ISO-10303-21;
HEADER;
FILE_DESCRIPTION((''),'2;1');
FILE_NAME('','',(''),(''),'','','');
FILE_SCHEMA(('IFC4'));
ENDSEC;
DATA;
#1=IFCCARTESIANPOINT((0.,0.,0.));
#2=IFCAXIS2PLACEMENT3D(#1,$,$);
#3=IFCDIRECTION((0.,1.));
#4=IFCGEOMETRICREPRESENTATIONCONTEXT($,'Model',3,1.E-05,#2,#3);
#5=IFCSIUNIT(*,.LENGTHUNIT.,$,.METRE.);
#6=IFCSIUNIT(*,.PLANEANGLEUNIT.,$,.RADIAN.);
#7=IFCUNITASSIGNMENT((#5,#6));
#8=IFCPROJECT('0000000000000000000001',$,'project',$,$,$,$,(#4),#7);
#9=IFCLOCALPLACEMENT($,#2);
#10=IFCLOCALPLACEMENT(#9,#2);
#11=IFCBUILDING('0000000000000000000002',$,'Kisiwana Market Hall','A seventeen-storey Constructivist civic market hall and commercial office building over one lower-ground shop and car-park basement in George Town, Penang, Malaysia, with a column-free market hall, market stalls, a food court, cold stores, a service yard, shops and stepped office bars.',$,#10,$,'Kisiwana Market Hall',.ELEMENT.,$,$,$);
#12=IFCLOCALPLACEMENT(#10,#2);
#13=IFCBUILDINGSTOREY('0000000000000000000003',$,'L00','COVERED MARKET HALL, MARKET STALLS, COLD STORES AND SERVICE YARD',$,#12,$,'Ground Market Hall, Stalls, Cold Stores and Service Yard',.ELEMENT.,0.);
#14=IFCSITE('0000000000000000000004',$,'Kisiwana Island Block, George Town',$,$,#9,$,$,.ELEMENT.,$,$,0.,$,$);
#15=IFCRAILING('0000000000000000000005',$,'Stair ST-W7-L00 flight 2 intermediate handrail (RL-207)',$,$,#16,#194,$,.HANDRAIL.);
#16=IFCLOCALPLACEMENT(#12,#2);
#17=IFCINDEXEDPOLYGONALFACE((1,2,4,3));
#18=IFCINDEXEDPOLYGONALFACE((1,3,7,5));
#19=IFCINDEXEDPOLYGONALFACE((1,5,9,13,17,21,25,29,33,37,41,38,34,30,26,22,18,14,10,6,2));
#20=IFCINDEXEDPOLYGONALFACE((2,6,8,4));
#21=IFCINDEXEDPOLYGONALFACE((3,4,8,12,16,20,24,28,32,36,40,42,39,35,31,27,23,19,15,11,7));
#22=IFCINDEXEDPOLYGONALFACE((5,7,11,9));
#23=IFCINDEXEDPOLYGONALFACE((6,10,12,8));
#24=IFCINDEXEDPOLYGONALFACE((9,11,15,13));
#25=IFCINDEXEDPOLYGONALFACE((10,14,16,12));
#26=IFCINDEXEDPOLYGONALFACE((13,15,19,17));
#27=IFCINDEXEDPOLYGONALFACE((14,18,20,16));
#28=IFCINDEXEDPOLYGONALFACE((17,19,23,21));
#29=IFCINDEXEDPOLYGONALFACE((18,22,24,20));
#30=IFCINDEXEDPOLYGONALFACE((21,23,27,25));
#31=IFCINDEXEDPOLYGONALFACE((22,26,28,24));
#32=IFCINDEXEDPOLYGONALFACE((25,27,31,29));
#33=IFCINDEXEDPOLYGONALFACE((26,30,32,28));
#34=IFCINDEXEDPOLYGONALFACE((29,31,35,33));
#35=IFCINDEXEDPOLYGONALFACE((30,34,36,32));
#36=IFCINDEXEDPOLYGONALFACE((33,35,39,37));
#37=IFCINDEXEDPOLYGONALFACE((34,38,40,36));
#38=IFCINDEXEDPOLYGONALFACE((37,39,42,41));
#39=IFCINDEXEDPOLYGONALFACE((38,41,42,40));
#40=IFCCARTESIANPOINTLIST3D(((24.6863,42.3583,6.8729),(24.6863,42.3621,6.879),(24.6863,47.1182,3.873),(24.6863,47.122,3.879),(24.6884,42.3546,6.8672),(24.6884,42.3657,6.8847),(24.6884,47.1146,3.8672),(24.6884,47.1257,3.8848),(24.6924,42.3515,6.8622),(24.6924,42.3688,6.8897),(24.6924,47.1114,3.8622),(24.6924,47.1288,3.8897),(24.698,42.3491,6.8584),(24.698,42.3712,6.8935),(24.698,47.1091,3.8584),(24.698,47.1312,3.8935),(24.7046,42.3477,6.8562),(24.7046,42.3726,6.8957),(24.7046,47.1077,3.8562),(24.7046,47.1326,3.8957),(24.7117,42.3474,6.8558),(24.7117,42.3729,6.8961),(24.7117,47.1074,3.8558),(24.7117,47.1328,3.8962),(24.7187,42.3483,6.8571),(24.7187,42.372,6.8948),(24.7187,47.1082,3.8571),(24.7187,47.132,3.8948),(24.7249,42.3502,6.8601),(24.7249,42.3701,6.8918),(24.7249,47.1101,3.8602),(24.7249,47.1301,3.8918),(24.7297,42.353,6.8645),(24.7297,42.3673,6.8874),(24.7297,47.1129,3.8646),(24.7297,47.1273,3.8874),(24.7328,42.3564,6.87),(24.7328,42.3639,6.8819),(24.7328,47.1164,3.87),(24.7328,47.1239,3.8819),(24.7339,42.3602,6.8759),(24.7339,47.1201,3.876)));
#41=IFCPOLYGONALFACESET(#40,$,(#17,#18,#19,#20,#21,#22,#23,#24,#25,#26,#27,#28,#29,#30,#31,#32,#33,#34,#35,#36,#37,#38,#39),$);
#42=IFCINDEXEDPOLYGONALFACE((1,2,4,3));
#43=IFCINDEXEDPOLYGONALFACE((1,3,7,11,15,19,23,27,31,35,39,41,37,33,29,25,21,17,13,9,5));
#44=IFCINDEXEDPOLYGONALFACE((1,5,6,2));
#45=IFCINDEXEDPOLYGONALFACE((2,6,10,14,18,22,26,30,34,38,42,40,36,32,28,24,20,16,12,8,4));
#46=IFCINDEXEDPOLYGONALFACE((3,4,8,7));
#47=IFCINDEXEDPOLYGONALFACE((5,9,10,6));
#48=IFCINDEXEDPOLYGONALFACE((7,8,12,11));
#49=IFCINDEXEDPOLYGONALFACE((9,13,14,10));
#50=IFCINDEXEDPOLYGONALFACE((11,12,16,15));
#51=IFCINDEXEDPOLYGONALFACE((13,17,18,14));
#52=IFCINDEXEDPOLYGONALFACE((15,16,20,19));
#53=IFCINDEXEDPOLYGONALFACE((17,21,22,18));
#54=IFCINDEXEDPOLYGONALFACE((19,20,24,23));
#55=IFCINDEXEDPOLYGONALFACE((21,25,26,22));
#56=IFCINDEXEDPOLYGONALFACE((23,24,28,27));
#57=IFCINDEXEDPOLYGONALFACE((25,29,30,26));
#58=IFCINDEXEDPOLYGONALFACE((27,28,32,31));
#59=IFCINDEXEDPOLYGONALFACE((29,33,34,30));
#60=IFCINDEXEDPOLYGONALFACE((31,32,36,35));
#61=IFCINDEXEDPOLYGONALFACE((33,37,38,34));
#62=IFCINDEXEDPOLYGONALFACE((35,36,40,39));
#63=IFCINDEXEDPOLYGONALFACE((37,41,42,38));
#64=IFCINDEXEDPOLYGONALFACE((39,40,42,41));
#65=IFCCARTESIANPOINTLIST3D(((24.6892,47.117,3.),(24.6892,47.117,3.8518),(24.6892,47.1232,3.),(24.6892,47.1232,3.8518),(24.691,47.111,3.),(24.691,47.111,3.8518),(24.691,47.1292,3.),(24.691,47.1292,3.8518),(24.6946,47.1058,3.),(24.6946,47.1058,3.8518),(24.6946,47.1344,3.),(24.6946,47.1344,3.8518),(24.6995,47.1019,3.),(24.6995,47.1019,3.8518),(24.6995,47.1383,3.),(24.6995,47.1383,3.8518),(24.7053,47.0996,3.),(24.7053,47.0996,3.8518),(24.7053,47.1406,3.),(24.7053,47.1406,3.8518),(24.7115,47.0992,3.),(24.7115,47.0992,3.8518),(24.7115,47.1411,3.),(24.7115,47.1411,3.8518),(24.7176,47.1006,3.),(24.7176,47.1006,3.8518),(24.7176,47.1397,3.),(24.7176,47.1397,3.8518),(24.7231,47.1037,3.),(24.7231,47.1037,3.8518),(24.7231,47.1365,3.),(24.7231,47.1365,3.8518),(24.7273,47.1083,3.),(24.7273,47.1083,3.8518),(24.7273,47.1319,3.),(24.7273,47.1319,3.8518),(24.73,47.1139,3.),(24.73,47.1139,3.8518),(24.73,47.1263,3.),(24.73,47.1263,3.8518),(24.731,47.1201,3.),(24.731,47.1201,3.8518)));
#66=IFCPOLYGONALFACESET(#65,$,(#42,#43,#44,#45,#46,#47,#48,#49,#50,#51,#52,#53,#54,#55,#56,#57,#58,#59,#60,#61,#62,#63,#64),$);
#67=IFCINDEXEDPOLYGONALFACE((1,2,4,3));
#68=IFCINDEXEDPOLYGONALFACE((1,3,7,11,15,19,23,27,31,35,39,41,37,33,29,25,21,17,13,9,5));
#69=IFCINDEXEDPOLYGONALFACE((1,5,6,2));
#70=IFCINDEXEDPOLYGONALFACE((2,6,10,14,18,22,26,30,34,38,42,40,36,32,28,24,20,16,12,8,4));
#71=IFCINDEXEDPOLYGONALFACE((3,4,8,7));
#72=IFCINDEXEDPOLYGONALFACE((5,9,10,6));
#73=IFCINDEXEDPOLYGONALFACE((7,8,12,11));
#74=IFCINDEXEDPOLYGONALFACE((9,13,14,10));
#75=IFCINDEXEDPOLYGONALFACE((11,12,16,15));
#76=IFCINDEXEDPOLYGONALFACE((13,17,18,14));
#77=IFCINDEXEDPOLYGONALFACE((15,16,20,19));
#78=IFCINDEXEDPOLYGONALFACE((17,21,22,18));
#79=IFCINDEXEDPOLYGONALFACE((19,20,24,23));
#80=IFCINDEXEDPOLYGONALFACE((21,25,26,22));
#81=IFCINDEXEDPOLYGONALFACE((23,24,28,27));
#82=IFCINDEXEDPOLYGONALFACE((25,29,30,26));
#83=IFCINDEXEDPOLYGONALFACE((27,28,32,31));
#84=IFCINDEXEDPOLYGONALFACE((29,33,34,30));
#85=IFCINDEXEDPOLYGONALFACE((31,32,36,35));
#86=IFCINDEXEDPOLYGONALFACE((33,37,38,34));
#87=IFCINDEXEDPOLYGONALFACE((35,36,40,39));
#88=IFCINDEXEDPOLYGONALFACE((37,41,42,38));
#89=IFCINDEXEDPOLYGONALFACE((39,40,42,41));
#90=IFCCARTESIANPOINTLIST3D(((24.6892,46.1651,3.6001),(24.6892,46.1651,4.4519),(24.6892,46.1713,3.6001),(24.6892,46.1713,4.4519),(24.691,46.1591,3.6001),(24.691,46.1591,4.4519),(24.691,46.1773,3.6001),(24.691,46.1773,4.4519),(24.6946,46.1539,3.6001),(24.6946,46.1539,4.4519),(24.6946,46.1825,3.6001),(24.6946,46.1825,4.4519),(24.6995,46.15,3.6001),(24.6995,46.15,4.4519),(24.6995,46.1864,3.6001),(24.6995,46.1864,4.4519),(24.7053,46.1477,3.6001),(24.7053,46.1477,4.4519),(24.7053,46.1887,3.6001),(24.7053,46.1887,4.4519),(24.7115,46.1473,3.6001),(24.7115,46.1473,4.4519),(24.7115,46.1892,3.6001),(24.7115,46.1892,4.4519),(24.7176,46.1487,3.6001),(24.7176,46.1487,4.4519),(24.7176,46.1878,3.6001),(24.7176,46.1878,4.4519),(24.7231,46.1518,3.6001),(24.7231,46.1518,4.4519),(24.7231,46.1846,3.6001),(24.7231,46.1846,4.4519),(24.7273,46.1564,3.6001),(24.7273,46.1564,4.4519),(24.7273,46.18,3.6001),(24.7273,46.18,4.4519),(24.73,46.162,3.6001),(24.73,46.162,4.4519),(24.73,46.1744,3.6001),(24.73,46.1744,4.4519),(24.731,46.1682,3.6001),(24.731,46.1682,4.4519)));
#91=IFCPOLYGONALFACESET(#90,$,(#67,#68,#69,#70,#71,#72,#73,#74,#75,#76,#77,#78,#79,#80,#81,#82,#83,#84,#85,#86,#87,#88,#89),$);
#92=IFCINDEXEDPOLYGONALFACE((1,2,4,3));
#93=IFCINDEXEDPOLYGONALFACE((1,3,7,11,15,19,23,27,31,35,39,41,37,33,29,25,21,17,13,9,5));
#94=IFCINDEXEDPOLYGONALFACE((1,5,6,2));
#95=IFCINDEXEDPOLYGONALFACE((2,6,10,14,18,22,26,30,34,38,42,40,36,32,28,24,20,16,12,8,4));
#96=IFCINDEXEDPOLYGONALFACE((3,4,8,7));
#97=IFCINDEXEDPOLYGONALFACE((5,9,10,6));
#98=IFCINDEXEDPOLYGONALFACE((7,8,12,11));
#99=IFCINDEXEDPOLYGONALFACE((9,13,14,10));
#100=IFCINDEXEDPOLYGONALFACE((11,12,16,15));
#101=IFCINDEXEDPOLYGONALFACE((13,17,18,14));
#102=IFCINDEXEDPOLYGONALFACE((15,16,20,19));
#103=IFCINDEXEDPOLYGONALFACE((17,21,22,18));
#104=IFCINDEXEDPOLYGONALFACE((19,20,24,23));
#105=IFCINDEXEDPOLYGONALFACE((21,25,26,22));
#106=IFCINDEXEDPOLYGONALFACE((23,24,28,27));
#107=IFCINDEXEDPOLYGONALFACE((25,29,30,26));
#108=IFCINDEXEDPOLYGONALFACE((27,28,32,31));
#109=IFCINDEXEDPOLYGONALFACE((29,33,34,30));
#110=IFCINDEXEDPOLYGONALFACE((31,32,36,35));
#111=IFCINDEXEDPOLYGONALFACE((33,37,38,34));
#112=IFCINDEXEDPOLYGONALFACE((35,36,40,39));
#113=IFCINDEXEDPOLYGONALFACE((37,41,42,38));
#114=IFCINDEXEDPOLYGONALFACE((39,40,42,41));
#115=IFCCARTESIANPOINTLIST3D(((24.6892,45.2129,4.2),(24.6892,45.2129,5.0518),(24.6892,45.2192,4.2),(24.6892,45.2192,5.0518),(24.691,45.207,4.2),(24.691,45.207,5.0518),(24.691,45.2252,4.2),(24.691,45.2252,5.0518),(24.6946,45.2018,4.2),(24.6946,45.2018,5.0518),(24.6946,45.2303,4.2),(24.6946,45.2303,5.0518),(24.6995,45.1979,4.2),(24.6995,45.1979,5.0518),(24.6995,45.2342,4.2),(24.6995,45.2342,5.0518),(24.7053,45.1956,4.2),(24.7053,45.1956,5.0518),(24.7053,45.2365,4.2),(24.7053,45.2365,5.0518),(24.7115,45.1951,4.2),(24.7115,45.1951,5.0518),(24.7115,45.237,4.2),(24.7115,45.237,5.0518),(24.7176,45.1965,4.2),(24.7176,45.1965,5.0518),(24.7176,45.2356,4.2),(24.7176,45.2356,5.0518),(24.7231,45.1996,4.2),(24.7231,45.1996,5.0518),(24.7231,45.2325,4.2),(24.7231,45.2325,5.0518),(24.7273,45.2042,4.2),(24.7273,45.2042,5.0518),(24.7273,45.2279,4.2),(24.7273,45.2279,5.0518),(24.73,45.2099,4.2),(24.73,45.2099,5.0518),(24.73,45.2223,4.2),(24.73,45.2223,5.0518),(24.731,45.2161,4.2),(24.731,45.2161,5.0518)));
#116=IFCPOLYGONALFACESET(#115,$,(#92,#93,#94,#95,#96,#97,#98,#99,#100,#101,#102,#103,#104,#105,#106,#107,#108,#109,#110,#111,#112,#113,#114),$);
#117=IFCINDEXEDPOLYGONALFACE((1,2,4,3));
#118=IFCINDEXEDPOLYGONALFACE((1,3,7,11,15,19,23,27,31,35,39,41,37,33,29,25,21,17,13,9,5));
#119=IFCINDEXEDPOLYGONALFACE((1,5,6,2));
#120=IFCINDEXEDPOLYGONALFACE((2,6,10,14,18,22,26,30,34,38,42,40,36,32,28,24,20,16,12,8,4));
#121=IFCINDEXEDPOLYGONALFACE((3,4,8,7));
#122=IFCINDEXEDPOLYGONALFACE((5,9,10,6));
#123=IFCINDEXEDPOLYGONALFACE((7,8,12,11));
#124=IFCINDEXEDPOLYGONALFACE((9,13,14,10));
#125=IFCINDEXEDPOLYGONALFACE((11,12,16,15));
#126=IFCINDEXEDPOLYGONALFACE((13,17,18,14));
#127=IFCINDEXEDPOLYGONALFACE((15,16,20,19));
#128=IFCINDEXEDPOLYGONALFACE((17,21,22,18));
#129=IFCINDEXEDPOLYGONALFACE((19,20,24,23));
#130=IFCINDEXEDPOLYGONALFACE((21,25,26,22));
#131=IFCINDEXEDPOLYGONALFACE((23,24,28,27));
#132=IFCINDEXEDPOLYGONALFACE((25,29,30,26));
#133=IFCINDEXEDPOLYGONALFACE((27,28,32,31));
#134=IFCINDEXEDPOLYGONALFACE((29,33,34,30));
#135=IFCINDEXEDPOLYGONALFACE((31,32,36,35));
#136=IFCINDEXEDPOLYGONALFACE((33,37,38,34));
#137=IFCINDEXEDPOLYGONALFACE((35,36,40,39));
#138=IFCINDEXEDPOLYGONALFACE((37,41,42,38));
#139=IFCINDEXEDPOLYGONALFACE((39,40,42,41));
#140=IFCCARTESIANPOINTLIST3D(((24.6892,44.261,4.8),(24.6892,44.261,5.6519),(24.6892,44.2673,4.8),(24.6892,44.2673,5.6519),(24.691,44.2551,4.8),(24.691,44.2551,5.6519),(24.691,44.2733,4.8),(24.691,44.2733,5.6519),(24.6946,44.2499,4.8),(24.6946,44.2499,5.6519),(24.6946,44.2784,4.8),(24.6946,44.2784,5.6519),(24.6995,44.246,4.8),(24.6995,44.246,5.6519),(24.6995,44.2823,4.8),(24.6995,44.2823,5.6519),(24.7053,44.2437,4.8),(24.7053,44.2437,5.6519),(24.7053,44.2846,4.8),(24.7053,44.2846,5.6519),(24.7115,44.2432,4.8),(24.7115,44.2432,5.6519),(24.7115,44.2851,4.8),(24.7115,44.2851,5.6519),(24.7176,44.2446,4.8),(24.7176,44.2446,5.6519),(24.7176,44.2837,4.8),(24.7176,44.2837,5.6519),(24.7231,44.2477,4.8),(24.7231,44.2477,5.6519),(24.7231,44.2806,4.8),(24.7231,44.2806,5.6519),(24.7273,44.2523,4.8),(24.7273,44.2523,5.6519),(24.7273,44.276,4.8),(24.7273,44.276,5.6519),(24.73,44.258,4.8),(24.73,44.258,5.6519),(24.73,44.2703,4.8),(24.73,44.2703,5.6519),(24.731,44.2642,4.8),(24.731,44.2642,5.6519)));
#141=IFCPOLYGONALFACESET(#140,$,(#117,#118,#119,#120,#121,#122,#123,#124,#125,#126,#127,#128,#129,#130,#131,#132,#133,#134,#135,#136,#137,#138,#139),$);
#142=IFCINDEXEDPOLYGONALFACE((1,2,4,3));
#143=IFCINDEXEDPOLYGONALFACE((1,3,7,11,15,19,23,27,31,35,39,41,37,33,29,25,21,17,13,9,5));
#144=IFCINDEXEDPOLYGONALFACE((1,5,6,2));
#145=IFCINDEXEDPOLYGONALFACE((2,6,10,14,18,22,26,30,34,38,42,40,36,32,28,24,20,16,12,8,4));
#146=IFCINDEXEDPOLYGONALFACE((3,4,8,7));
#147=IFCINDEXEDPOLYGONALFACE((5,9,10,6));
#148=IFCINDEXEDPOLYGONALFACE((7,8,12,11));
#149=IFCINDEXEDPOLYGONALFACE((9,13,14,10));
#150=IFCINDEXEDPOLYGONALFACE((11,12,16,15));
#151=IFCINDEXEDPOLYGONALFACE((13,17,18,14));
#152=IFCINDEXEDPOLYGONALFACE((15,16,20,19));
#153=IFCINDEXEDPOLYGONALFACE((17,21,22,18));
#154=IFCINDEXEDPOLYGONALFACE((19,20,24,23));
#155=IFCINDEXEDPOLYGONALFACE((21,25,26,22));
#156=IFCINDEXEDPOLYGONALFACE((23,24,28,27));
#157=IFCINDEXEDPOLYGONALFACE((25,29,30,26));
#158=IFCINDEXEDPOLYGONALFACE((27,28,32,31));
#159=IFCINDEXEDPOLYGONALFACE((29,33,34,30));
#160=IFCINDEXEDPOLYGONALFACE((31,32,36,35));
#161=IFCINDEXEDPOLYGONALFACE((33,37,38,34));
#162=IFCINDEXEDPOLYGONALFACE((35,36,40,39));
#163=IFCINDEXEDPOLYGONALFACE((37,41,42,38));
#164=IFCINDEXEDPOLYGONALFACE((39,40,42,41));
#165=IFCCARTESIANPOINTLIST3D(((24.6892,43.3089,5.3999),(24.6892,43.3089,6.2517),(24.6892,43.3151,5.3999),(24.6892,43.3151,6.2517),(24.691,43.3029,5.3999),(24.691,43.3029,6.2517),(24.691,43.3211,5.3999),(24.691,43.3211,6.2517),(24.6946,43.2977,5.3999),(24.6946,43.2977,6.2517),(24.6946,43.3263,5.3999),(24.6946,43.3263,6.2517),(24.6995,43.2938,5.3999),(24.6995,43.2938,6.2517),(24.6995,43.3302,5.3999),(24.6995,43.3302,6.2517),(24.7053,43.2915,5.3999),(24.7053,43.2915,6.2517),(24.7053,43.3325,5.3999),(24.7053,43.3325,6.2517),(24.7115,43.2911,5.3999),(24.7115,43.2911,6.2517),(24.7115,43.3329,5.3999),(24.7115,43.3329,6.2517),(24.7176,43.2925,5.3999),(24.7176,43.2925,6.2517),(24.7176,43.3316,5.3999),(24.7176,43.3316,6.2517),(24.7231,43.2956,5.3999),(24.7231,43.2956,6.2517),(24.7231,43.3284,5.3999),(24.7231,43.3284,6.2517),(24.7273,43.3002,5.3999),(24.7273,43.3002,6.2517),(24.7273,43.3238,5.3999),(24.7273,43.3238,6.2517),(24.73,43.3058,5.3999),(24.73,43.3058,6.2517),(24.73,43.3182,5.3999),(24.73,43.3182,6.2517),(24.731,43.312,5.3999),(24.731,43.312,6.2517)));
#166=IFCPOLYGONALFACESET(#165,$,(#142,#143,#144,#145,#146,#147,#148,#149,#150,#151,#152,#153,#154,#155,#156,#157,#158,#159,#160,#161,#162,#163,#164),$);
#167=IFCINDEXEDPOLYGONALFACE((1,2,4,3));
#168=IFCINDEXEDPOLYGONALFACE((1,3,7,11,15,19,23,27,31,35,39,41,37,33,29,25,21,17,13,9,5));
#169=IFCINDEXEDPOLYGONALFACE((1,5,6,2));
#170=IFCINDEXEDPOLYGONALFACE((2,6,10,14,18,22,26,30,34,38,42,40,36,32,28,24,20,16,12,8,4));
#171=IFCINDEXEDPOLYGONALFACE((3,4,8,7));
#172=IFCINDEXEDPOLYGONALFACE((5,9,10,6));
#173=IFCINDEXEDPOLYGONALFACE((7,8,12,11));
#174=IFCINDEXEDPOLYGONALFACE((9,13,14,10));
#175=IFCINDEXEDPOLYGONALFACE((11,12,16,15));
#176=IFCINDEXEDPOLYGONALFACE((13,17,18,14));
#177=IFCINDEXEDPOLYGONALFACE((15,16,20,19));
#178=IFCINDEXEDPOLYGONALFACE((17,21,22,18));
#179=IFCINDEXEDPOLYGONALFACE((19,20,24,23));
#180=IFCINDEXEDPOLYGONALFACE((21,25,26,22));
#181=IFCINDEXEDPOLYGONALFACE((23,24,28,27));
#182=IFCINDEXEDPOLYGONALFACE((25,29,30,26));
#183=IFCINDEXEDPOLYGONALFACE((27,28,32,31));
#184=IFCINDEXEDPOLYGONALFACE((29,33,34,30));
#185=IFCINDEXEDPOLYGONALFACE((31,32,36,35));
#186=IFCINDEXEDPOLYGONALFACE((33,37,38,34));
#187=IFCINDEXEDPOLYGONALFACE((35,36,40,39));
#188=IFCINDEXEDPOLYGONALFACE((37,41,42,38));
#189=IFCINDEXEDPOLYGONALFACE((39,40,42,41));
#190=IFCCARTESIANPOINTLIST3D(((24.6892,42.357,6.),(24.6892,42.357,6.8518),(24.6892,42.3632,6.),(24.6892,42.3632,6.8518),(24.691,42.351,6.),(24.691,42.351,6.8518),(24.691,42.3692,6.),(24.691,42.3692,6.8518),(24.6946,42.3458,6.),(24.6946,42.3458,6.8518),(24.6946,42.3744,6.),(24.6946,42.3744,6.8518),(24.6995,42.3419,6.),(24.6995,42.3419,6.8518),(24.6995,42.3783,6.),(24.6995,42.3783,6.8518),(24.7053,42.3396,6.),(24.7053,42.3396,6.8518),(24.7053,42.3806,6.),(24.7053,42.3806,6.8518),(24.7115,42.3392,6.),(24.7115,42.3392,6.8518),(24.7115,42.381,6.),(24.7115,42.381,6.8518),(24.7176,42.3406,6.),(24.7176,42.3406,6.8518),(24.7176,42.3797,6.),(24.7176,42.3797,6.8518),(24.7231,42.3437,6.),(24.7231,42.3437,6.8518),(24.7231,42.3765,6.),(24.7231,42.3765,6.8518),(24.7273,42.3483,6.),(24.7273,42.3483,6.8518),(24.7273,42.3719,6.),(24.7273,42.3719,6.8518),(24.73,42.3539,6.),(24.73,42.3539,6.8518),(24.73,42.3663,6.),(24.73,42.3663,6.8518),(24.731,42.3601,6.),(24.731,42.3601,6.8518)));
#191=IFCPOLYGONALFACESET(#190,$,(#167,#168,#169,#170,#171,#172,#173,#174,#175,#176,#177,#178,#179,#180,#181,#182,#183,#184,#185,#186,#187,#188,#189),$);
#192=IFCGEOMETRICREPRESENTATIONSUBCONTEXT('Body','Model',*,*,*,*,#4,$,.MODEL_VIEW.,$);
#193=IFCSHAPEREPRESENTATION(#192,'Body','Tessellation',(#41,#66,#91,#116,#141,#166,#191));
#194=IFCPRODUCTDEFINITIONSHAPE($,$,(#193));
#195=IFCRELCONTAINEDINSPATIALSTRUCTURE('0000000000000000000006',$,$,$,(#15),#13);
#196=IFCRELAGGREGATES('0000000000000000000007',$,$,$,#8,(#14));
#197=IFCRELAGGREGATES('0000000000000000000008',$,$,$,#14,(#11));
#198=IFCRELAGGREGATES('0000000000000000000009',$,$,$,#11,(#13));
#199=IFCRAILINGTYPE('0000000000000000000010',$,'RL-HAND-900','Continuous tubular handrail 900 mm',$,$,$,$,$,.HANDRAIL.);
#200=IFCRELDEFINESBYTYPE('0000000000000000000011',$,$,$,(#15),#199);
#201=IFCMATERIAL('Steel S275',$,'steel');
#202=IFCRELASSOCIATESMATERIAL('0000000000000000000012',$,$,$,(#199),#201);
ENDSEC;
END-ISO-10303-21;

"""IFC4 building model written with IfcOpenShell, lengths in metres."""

from ifc_helpers import new_model, si_unit, direction, frame, origin, origin_2d, place, context, subcontext, project, spatial, circle, extrude, material, type_object, element, save


model = new_model("IFC4")

# Units and contexts
model_context = context("Model", 3, precision=1e-05, world=origin(), true_north=direction((0.0, 1.0)))
body_context = subcontext(model_context, "Body", "Model", "MODEL_VIEW")
ifc_project = project(units=[si_unit("LENGTHUNIT", "METRE"), si_unit("PLANEANGLEUNIT", "RADIAN")], contexts=[model_context])

# Site, building, storey
site_placement = place(None, origin())
site = spatial("IfcSite", under=ifc_project, at=site_placement, Name="Kisiwana Island Block, George Town", CompositionType="ELEMENT", RefElevation=0.0)
building_placement = place(site_placement, origin())
building = spatial("IfcBuilding", under=site, at=building_placement, Name="Kisiwana Market Hall", Description="A seventeen-storey Constructivist civic market hall and commercial office building over one lower-ground shop and car-park basement in George Town, Penang, Malaysia, with a column-free market hall, market stalls, a food court, cold stores, a service yard, shops and stepped office bars.", LongName="Kisiwana Market Hall", CompositionType="ELEMENT")
storey_placement = place(building_placement, origin())
storey = spatial("IfcBuildingStorey", under=building, at=storey_placement, Name="L00", Description="COVERED MARKET HALL, MARKET STALLS, COLD STORES AND SERVICE YARD", LongName="Ground Market Hall, Stalls, Cold Stores and Service Yard", CompositionType="ELEMENT", Elevation=0.0)

# Railing
ifc_material_1 = material(Name="Steel S275", Category="steel")
railing_type_1 = type_object("IfcRailingType", Name="RL-HAND-900", Description="Continuous tubular handrail 900 mm", PredefinedType="HANDRAIL", material=ifc_material_1)
railing_1_placement = place(storey_placement, frame((24.71, 47.1201, 3.0)))
element("IfcRailing", 1, at=railing_1_placement, inside=storey, type_object=railing_type_1, Name="Stair ST-W7-L00 flight 2 intermediate handrail (RL-207)", PredefinedType="HANDRAIL", context=body_context, shape_type="SweptSolid", body=[
    extrude(circle(Radius=0.0239, at=origin_2d()), frame((0.0, 0.0, 0.876), z_axis=(0.0, -0.845996, 0.53319), x_axis=(1.0, 0.0, 0.0)), (0.0, 0.0, 1.0), 5.6265),
    extrude(circle(Radius=0.021, at=origin_2d()), origin(), (0.0, 0.0, 1.0), 0.8518),
    extrude(circle(Radius=0.021, at=origin_2d()), frame((0.0, -0.9519, 0.6001)), (0.0, 0.0, 1.0), 0.8518),
    extrude(circle(Radius=0.021, at=origin_2d()), frame((0.0, -1.9041, 1.2)), (0.0, 0.0, 1.0), 0.8518),
    extrude(circle(Radius=0.021, at=origin_2d()), frame((0.0, -2.856, 1.8)), (0.0, 0.0, 1.0), 0.8518),
    extrude(circle(Radius=0.021, at=origin_2d()), frame((0.0, -3.8081, 2.3999)), (0.0, 0.0, 1.0), 0.8518),
    extrude(circle(Radius=0.021, at=origin_2d()), frame((0.0, -4.76, 3.0)), (0.0, 0.0, 1.0), 0.8518),
])

save(model, "model.ifc")
